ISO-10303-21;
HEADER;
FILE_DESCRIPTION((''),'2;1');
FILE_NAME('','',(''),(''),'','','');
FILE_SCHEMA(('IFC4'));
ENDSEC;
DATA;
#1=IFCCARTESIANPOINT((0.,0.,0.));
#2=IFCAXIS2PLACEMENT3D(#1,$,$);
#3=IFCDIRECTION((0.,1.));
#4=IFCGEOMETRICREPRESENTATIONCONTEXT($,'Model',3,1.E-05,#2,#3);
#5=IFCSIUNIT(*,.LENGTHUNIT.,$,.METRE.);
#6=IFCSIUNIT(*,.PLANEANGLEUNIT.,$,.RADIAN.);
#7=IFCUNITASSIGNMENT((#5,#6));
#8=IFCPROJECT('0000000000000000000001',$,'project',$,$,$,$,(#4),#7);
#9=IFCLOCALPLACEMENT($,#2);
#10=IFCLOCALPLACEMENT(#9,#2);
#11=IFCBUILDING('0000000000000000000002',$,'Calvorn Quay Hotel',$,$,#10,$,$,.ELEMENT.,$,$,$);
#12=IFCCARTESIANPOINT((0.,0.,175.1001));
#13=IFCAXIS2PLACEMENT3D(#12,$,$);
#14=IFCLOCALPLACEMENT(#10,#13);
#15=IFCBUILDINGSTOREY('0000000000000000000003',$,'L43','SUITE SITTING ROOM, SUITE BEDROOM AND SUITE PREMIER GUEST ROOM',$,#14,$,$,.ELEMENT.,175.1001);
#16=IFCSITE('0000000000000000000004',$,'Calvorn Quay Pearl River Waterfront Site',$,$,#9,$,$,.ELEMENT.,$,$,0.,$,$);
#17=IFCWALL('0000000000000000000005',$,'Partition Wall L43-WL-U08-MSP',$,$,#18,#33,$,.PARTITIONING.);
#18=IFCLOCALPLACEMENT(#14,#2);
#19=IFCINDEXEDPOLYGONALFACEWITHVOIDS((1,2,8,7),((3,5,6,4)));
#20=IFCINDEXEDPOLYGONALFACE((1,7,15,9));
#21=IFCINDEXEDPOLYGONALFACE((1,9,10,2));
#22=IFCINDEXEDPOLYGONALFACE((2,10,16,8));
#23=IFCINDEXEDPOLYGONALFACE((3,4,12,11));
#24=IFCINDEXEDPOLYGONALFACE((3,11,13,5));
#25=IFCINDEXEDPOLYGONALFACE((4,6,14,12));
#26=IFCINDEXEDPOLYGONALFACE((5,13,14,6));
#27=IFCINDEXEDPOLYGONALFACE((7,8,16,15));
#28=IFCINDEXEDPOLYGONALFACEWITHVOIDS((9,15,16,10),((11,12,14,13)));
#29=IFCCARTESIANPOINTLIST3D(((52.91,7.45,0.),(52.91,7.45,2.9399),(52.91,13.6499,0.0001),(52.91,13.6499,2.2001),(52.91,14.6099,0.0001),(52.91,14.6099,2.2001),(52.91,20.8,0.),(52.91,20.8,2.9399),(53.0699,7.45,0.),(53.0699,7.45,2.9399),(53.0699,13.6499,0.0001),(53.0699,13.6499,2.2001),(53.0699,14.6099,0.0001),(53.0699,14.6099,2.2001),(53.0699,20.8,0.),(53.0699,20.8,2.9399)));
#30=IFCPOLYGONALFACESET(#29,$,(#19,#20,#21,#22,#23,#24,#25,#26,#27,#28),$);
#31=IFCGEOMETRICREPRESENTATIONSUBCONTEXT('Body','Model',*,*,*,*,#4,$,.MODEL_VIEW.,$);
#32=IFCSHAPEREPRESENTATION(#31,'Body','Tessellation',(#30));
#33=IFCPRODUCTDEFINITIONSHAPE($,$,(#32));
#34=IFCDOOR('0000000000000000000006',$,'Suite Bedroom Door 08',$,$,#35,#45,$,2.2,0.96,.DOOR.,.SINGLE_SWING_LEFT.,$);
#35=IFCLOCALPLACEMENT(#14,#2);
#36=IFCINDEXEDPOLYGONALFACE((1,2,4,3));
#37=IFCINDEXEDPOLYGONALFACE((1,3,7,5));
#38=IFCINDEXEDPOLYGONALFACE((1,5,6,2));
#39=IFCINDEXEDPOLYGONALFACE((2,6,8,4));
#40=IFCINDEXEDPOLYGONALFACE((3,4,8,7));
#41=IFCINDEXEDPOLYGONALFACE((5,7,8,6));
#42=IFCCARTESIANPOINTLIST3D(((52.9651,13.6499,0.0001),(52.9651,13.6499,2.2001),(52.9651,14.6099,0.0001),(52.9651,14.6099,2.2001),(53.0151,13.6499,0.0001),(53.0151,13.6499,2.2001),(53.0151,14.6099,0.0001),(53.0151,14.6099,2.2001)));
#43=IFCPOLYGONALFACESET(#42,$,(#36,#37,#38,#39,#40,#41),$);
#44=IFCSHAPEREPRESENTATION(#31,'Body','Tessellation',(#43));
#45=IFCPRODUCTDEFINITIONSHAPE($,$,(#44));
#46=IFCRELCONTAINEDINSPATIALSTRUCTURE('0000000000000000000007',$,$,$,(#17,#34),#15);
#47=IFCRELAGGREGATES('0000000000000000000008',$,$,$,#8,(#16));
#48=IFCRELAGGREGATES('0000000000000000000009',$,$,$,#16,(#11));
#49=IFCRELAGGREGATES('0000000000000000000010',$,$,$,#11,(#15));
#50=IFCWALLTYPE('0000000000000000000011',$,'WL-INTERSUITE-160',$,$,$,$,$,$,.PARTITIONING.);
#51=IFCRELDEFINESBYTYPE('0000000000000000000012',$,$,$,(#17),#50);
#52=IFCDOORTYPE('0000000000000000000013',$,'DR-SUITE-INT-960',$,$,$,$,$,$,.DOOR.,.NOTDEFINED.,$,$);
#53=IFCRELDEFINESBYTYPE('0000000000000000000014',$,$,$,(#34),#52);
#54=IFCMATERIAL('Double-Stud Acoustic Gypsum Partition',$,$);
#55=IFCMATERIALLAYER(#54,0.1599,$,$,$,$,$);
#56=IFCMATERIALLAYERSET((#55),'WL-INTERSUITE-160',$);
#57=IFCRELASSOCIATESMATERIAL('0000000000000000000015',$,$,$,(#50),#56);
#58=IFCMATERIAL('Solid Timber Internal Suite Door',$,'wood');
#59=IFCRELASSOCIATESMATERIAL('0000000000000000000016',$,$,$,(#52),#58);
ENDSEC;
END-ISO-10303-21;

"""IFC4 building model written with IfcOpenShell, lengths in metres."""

from ifc_helpers import new_model, si_unit, direction, frame, frame_2d, origin, place, context, subcontext, project, spatial, rectangle, extrude, material, layer, layer_set, type_object, element, fill, save


model = new_model("IFC4")

# Units and contexts
model_context = context("Model", 3, precision=1e-05, world=origin(), true_north=direction((0.0, 1.0)))
body_context = subcontext(model_context, "Body", "Model", "MODEL_VIEW")
ifc_project = project(units=[si_unit("LENGTHUNIT", "METRE"), si_unit("PLANEANGLEUNIT", "RADIAN")], contexts=[model_context])

# Site, building, storey
site_placement = place(None, origin())
site = spatial("IfcSite", under=ifc_project, at=site_placement, Name="Calvorn Quay Pearl River Waterfront Site", CompositionType="ELEMENT", RefElevation=0.0)
building_placement = place(site_placement, origin())
building = spatial("IfcBuilding", under=site, at=building_placement, Name="Calvorn Quay Hotel", CompositionType="ELEMENT")
storey_placement = place(building_placement, frame((0.0, 0.0, 175.1001)))
storey = spatial("IfcBuildingStorey", under=building, at=storey_placement, Name="L43", Description="SUITE SITTING ROOM, SUITE BEDROOM AND SUITE PREMIER GUEST ROOM", CompositionType="ELEMENT", Elevation=175.1001)

# Wall, opening, door
ifc_material_1 = material(Name="Double-Stud Acoustic Gypsum Partition")
ifc_layer_1 = layer(ifc_material_1, 0.1599)
ifc_layer_set_1 = layer_set([ifc_layer_1], Name="WL-INTERSUITE-160")
wall_type_1 = type_object("IfcWallType", Name="WL-INTERSUITE-160", PredefinedType="PARTITIONING", material=ifc_layer_set_1)
wall_1_placement = place(storey_placement, frame((52.99, 7.45, 0.0), z_axis=(0.0, 0.0, 1.0), x_axis=(0.0, 1.0, 0.0)))
wall_1 = element("IfcWall", 1, at=wall_1_placement, inside=storey, type_object=wall_type_1, Name="Partition Wall L43-WL-U08-MSP", PredefinedType="PARTITIONING", context=body_context, shape_type="SweptSolid", body=[
    extrude(rectangle(XDim=13.3501, YDim=0.1599, at=frame_2d((6.675, 0.0))), origin(), (0.0, 0.0, 1.0), 2.9399),
])
opening_1_placement = place(wall_1_placement, frame((6.2, 0.0, 0.0)))
opening_1 = element("IfcOpeningElement", 2, at=opening_1_placement, cuts=wall_1, PredefinedType="OPENING", context=body_context, shape_type="SweptSolid", body=[
    extrude(rectangle(XDim=0.96, YDim=2.2, at=frame_2d((0.48, 1.1001))), frame((0.0, 0.0898, 0.0), z_axis=(0.0, -1.0, 0.0), x_axis=(1.0, 0.0, 0.0)), (0.0, 0.0, 1.0), 0.1799),
])
ifc_material_2 = material(Name="Solid Timber Internal Suite Door", Category="wood")
door_type_1 = type_object("IfcDoorType", Name="DR-SUITE-INT-960", OperationType="NOTDEFINED", PredefinedType="DOOR", material=ifc_material_2)
door_1_placement = place(opening_1_placement, origin())
door_1 = element("IfcDoor", 3, at=door_1_placement, inside=storey, type_object=door_type_1, Name="Suite Bedroom Door 08", OperationType="SINGLE_SWING_LEFT", OverallHeight=2.2, OverallWidth=0.96, PredefinedType="DOOR", context=body_context, shape_type="SweptSolid", body=[
    extrude(rectangle(XDim=0.96, YDim=2.2, at=frame_2d((0.48, 1.1001))), frame((0.0, 0.0249, 0.0), z_axis=(0.0, -1.0, 0.0), x_axis=(1.0, 0.0, 0.0)), (0.0, 0.0, 1.0), 0.05),
])
fill(opening_1, door_1)

save(model, "model.ifc")
